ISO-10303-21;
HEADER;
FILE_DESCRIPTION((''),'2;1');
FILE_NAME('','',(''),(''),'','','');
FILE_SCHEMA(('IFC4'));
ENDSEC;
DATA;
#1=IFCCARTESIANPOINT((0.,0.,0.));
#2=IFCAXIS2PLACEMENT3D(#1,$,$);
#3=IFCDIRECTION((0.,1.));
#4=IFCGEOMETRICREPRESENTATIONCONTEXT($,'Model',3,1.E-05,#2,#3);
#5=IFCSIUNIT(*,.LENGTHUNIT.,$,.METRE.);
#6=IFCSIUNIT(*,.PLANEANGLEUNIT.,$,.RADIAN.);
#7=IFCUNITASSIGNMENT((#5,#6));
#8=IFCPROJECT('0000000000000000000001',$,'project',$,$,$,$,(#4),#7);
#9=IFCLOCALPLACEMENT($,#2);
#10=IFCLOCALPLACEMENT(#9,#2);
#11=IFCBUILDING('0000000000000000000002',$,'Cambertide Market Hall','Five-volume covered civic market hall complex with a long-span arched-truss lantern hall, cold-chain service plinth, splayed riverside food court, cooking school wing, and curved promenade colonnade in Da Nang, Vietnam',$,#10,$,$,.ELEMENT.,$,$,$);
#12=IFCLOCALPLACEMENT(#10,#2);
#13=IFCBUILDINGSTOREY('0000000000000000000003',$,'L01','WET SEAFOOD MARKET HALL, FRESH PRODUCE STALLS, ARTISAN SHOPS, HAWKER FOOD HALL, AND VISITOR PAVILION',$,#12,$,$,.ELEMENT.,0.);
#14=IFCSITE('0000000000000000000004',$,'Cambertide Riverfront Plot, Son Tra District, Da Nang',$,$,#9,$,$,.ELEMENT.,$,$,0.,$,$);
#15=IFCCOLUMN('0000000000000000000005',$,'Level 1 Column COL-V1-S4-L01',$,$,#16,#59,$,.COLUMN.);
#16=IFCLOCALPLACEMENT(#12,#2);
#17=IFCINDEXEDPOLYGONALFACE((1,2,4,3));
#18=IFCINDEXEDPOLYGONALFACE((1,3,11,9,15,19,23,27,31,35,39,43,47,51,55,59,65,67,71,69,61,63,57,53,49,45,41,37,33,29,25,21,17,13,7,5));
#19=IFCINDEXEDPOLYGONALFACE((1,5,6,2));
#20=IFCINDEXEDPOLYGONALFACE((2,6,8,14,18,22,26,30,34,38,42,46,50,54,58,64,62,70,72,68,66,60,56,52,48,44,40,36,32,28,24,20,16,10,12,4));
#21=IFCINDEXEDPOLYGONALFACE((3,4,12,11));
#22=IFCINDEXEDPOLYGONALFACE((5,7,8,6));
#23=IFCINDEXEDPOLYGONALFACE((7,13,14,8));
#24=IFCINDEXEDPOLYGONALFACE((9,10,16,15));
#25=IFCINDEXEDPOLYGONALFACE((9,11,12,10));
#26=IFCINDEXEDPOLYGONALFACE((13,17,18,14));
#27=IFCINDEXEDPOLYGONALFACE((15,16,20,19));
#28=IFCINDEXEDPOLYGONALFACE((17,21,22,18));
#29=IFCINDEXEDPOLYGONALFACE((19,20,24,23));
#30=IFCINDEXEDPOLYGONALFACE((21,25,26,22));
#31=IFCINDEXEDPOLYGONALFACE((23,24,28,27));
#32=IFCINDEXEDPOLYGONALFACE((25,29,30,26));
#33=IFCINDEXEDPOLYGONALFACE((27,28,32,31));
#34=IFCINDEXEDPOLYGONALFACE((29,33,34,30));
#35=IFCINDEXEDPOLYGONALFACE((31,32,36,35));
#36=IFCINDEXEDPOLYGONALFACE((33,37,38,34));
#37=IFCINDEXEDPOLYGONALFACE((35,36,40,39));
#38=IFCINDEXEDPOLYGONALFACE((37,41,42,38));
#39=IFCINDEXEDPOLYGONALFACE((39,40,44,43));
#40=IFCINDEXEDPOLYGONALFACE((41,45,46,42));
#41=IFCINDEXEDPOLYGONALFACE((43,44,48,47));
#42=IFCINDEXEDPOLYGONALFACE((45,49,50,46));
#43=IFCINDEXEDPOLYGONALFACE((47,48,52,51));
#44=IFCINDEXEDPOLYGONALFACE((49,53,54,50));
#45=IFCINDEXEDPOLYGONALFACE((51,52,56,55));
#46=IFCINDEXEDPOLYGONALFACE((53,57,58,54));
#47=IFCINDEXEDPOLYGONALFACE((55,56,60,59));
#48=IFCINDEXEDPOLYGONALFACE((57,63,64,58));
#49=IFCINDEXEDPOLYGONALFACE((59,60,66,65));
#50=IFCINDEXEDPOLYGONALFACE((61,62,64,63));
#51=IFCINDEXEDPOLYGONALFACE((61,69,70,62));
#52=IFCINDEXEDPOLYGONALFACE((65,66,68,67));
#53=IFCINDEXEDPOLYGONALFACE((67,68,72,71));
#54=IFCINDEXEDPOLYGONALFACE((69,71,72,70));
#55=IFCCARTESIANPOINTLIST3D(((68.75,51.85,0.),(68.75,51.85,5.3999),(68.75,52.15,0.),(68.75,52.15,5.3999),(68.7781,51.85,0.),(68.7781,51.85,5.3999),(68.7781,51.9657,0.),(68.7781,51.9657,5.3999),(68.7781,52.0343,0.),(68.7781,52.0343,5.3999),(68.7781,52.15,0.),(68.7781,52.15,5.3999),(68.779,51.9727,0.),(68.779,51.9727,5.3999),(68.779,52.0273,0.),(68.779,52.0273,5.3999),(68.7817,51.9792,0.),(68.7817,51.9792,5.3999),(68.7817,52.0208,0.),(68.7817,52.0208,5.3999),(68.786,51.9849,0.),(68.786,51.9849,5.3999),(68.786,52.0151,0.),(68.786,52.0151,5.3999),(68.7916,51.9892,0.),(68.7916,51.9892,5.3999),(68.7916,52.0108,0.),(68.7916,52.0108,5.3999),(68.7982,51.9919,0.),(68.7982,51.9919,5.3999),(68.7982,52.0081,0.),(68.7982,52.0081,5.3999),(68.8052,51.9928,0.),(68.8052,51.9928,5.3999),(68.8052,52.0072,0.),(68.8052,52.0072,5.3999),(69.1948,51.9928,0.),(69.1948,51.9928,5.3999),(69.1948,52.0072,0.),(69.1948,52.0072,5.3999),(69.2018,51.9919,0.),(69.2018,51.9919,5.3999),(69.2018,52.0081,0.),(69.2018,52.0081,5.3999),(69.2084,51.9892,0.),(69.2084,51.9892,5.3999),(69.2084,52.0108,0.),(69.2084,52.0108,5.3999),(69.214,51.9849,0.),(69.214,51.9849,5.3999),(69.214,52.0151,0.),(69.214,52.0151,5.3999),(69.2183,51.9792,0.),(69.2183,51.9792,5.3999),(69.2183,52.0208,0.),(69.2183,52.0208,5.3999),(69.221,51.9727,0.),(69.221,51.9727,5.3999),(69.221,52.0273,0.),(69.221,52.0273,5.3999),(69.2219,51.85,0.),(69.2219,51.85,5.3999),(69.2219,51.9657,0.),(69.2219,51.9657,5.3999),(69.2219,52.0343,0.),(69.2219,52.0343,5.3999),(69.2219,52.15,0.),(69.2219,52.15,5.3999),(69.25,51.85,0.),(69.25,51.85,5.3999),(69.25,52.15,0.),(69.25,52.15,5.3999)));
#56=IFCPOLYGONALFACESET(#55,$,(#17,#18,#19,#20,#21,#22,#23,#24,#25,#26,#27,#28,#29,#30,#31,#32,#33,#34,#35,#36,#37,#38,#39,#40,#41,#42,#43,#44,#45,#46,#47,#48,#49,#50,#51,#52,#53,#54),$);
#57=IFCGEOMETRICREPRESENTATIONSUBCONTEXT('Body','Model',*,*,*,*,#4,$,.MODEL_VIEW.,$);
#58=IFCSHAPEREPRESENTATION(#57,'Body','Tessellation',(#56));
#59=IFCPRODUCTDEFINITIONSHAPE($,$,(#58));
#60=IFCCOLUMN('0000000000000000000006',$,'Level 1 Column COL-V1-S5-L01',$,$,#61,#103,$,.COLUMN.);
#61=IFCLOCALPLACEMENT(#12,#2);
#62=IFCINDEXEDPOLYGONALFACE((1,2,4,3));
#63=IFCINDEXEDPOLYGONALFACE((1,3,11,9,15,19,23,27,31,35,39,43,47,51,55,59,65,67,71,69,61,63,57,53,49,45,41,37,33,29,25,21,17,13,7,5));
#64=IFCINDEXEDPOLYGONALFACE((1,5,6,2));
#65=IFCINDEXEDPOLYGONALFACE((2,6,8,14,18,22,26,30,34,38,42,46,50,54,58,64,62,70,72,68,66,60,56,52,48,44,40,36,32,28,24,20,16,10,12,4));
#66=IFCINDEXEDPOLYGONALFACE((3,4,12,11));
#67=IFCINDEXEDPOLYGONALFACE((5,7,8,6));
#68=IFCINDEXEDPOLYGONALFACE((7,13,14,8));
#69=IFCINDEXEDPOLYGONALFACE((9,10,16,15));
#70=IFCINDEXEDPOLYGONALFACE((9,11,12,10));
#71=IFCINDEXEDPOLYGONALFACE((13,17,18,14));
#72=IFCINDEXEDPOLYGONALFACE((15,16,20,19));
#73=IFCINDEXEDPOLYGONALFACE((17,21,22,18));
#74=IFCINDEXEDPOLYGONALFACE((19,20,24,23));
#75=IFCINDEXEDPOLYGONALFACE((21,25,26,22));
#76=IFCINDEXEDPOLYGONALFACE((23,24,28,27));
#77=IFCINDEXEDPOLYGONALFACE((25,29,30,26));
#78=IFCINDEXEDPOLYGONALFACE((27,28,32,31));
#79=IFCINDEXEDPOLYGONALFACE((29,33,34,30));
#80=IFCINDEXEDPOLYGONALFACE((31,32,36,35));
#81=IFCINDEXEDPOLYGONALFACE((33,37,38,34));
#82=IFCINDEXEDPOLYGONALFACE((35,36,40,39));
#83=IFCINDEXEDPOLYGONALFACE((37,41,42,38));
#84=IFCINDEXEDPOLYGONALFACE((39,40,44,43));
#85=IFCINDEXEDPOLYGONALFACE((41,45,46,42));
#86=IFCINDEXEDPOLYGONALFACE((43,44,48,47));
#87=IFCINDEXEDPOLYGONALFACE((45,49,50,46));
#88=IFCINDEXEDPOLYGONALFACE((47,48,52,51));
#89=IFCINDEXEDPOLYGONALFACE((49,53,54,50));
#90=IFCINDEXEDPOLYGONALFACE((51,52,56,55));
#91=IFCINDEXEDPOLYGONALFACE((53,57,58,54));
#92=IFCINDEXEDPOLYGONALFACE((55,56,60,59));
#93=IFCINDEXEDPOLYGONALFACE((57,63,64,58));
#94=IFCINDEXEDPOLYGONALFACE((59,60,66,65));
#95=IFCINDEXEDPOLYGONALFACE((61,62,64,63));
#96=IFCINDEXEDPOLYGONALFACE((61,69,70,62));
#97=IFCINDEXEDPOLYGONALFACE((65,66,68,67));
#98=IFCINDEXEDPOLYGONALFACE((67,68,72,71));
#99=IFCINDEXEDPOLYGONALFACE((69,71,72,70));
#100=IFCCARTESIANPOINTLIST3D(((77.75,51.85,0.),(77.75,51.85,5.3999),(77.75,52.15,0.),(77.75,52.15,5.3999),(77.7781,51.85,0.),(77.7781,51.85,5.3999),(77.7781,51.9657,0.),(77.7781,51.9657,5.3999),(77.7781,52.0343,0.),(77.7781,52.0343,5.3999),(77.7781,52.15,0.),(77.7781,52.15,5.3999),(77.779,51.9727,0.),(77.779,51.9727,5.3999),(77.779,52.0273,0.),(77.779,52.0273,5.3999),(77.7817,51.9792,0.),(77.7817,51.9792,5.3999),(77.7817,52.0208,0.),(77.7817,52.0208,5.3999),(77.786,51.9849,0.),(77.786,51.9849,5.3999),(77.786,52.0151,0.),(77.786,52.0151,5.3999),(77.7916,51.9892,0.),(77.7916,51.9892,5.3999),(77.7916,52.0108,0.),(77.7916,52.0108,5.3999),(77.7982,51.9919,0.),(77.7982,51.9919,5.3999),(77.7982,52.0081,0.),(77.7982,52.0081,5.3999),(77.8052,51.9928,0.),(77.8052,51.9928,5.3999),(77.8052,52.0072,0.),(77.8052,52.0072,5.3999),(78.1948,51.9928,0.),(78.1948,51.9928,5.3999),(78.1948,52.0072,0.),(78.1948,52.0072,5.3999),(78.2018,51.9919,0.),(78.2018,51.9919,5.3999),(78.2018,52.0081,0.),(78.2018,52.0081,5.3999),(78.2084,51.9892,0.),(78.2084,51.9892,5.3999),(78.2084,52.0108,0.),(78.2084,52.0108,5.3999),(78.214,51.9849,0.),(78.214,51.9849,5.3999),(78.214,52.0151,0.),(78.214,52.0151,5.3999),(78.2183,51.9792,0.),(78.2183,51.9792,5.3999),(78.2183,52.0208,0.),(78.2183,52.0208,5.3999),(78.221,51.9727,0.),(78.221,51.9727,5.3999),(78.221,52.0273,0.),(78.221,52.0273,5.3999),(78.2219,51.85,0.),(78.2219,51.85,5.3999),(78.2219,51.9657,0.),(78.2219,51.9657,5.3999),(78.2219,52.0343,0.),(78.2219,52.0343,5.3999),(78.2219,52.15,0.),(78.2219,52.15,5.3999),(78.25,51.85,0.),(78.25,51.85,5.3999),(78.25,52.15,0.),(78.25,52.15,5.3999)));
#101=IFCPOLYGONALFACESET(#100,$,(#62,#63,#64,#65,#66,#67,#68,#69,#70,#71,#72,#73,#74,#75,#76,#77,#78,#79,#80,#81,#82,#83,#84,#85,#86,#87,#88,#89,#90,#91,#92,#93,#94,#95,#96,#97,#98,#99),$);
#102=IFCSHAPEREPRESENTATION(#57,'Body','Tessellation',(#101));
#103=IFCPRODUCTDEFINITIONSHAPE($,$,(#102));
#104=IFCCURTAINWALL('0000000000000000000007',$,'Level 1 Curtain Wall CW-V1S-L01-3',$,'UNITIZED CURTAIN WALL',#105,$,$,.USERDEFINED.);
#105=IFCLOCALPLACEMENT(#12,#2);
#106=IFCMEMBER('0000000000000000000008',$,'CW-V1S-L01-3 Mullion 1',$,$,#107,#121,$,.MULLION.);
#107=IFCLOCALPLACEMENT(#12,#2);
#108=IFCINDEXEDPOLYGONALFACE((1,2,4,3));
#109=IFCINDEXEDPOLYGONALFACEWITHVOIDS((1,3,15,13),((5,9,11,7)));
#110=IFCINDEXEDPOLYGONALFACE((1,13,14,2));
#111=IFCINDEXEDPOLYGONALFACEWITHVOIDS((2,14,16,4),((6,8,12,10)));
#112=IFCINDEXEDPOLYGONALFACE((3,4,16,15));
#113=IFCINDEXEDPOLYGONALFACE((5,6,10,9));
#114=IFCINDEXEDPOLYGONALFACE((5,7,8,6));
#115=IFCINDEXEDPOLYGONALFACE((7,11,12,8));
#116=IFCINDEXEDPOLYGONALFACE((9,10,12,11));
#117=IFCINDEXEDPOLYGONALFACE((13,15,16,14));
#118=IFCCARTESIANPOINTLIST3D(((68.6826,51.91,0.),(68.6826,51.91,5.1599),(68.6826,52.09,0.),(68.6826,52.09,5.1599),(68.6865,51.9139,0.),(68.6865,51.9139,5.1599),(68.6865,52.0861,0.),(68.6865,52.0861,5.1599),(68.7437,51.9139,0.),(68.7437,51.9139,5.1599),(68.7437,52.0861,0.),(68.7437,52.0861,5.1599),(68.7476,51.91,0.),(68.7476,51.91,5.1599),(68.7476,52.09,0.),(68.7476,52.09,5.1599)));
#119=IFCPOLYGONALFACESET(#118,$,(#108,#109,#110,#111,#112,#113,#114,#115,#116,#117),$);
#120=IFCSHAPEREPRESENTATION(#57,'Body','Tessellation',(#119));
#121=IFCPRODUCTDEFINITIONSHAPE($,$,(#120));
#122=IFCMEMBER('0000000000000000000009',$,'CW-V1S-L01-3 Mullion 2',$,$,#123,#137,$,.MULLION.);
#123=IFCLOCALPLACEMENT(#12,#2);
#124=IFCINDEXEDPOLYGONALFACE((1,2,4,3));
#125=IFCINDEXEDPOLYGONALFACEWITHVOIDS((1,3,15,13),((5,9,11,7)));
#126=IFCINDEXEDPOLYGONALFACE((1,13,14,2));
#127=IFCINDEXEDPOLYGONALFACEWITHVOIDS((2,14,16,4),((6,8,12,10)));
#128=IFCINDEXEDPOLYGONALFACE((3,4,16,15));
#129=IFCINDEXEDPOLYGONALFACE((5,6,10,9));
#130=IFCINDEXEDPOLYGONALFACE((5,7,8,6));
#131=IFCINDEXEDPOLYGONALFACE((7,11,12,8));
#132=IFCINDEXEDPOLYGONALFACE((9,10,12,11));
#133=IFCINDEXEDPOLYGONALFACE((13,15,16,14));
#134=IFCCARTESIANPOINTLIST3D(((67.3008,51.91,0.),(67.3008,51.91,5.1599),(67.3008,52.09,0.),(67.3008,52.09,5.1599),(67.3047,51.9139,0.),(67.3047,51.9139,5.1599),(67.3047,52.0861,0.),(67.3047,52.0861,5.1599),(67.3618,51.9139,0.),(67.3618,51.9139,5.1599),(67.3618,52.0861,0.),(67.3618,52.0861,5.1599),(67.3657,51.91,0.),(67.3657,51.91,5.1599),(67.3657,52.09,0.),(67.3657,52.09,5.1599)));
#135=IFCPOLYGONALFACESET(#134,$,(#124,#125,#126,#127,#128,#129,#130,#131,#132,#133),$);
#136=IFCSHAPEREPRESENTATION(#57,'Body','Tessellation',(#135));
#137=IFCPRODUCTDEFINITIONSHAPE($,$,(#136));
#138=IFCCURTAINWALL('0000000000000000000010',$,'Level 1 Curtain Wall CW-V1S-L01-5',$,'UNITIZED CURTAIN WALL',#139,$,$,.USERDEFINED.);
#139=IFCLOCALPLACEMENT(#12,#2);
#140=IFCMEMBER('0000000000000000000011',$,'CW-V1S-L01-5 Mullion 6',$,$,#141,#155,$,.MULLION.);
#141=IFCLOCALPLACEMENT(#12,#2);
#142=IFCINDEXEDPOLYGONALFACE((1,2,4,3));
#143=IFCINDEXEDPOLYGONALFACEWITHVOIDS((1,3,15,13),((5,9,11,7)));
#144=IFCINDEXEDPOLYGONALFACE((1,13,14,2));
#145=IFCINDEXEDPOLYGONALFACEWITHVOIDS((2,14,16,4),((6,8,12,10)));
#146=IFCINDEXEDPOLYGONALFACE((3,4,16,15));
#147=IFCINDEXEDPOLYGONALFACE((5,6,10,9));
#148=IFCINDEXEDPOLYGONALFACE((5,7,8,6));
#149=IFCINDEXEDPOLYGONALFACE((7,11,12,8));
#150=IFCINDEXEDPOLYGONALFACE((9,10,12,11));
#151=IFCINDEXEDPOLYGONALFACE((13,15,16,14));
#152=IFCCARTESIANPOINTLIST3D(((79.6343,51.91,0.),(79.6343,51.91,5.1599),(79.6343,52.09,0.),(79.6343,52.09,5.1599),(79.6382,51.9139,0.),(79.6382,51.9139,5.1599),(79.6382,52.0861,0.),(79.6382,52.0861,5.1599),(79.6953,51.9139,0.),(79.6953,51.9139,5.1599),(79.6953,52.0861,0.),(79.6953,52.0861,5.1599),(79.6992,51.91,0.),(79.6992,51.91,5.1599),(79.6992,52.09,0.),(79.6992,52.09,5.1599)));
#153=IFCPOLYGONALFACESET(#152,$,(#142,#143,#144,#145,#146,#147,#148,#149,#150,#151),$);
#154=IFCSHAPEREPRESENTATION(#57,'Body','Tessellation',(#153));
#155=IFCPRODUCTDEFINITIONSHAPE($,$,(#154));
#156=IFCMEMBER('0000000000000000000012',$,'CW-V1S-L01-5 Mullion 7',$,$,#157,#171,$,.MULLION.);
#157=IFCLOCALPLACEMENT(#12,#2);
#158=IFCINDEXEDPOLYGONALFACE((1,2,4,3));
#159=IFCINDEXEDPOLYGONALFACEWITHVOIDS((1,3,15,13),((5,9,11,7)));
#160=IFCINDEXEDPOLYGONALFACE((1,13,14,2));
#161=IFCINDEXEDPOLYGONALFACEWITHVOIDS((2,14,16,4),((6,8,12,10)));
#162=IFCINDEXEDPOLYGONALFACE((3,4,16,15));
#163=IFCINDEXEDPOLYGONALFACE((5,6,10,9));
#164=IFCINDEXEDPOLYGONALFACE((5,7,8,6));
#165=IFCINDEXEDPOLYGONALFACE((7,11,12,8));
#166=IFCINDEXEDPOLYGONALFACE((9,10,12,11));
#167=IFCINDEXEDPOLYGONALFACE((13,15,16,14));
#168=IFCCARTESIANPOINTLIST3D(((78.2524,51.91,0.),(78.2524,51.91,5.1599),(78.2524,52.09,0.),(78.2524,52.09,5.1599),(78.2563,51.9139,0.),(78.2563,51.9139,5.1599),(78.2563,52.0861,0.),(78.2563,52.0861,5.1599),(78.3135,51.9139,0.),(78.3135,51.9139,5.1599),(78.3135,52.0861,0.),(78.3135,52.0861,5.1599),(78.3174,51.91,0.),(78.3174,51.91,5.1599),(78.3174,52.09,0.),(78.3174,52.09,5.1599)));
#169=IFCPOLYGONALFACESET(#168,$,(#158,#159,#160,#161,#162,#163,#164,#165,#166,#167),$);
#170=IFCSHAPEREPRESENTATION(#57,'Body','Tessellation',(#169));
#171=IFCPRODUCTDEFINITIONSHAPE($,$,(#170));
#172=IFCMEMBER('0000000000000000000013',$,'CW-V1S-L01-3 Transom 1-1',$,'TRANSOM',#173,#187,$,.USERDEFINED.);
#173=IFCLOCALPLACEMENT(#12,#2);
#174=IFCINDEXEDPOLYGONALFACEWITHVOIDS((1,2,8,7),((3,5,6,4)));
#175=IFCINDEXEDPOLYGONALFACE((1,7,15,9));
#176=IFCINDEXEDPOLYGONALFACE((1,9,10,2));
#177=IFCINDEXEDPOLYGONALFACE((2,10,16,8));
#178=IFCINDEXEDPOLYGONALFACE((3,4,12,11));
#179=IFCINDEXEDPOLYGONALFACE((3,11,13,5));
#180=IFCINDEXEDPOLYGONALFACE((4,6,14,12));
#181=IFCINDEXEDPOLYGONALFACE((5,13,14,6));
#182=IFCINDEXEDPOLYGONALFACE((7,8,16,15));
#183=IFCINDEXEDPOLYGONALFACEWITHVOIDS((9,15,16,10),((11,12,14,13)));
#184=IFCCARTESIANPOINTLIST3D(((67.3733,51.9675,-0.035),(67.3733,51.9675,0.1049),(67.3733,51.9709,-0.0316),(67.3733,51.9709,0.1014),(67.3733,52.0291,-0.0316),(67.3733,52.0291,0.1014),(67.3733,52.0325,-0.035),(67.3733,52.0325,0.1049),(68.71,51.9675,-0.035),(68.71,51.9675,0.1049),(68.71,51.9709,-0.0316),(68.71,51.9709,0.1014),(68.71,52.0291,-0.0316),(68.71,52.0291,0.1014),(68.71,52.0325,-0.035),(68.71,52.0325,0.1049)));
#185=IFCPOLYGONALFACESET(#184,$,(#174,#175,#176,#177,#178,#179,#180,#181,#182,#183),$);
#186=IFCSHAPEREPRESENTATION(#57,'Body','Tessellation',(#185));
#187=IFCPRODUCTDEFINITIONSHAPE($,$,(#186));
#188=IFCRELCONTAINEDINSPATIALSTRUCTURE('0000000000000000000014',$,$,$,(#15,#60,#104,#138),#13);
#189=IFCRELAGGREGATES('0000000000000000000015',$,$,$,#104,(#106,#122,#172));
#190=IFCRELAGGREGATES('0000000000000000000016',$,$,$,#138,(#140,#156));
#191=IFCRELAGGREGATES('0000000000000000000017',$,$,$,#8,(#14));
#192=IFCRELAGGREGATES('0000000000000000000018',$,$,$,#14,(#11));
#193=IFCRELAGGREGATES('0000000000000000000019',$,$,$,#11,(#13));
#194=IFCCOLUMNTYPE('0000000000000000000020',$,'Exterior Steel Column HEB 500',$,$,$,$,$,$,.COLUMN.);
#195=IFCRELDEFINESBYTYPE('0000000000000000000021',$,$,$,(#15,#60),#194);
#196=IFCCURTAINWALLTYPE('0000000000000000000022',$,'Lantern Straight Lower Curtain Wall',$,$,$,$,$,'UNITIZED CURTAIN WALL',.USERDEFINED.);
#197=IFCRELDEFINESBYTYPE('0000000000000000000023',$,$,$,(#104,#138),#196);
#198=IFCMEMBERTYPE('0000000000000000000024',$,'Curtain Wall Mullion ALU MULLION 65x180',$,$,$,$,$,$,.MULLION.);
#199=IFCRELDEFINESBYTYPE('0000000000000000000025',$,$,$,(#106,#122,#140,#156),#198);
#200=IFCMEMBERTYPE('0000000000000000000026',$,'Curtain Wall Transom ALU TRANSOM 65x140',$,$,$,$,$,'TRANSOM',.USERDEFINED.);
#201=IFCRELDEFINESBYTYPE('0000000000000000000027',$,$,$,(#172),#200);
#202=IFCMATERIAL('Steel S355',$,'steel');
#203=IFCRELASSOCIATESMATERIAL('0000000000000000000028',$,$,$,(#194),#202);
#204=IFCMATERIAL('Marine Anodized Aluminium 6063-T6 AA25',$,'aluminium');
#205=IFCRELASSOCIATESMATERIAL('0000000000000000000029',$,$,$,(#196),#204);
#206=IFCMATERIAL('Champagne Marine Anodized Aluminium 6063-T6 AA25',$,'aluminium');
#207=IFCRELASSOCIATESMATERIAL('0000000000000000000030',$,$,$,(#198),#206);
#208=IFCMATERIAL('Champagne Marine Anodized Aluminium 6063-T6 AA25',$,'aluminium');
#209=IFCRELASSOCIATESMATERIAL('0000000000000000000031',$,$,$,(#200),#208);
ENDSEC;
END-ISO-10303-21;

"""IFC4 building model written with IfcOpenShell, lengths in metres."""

from ifc_helpers import new_model, si_unit, direction, frame, origin, origin_2d, place, context, subcontext, project, spatial, hollow_rectangle, i_section, extrude, material, material_profile, profile_set, type_object, element, aggregate, save


model = new_model("IFC4")

# Units and contexts
model_context = context("Model", 3, precision=1e-05, world=origin(), true_north=direction((0.0, 1.0)))
body_context = subcontext(model_context, "Body", "Model", "MODEL_VIEW")
ifc_project = project(units=[si_unit("LENGTHUNIT", "METRE"), si_unit("PLANEANGLEUNIT", "RADIAN")], contexts=[model_context])

# Site, building, storey
site_placement = place(None, origin())
site = spatial("IfcSite", under=ifc_project, at=site_placement, Name="Cambertide Riverfront Plot, Son Tra District, Da Nang", CompositionType="ELEMENT", RefElevation=0.0)
building_placement = place(site_placement, origin())
building = spatial("IfcBuilding", under=site, at=building_placement, Name="Cambertide Market Hall", Description="Five-volume covered civic market hall complex with a long-span arched-truss lantern hall, cold-chain service plinth, splayed riverside food court, cooking school wing, and curved promenade colonnade in Da Nang, Vietnam", CompositionType="ELEMENT")
storey_placement = place(building_placement, origin())
storey = spatial("IfcBuildingStorey", under=building, at=storey_placement, Name="L01", Description="WET SEAFOOD MARKET HALL, FRESH PRODUCE STALLS, ARTISAN SHOPS, HAWKER FOOD HALL, AND VISITOR PAVILION", CompositionType="ELEMENT", Elevation=0.0)

# Columns
ifc_material_1 = material(Name="Steel S355", Category="steel")
ifc_material_profile_1 = material_profile(ifc_material_1, i_section(OverallWidth=0.3, OverallDepth=0.5, WebThickness=0.0144, FlangeThickness=0.0281, FilletRadius=0.0271, at=origin_2d()), Name="HEB 500")
ifc_profile_set_1 = profile_set([ifc_material_profile_1], Name="Steel S355")
column_type = type_object("IfcColumnType", Name="Exterior Steel Column HEB 500", PredefinedType="COLUMN", material=ifc_profile_set_1)
for number, where, z_axis, x_axis, name in (
    (1, (69.0, 52.0, 0.0), (0.0, 0.0, 1.0), (0.0, 1.0, 0.0), "Level 1 Column COL-V1-S4-L01"),
    (2, (78.0, 52.0, 0.0), (0.0, 0.0, 1.0), (0.0, 1.0, 0.0), "Level 1 Column COL-V1-S5-L01"),
):
    element("IfcColumn", number, at=place(storey_placement, frame(where, z_axis=z_axis, x_axis=x_axis)), inside=storey, type_object=column_type, Name=name, PredefinedType="COLUMN", context=body_context, shape_type="SweptSolid", body=[
        extrude(i_section(OverallWidth=0.3, OverallDepth=0.5, WebThickness=0.0144, FlangeThickness=0.0281, FilletRadius=0.0271, at=origin_2d()), origin(), (0.0, 0.0, 1.0), 5.3999),
    ])

# Curtain walls, members
ifc_material_2 = material(Name="Marine Anodized Aluminium 6063-T6 AA25", Category="aluminium")
curtain_wall_type = type_object("IfcCurtainWallType", Name="Lantern Straight Lower Curtain Wall", ElementType="UNITIZED CURTAIN WALL", PredefinedType="USERDEFINED", material=ifc_material_2)
curtain_wall_1_placement = place(storey_placement, origin())
curtain_wall_1 = element("IfcCurtainWall", 3, at=curtain_wall_1_placement, inside=storey, type_object=curtain_wall_type, Name="Level 1 Curtain Wall CW-V1S-L01-3", ObjectType="UNITIZED CURTAIN WALL", PredefinedType="USERDEFINED")
ifc_material_3 = material(Name="Champagne Marine Anodized Aluminium 6063-T6 AA25", Category="aluminium")
ifc_material_profile_2 = material_profile(ifc_material_3, hollow_rectangle(XDim=0.0649, YDim=0.1799, WallThickness=0.0039, at=origin_2d()), Name="ALU MULLION 65x180")
ifc_profile_set_2 = profile_set([ifc_material_profile_2], Name="Champagne Marine Anodized Aluminium 6063-T6 AA25")
member_type_1 = type_object("IfcMemberType", Name="Curtain Wall Mullion ALU MULLION 65x180", PredefinedType="MULLION", material=ifc_profile_set_2)
member_1_placement = place(storey_placement, frame((68.7151, 52.0, 0.0), z_axis=(0.0, 0.0, 1.0), x_axis=(-1.0, 0.0, 0.0)))
member_1 = element("IfcMember", 4, at=member_1_placement, type_object=member_type_1, Name="CW-V1S-L01-3 Mullion 1", PredefinedType="MULLION", context=body_context, shape_type="SweptSolid", body=[
    extrude(hollow_rectangle(XDim=0.0649, YDim=0.1799, WallThickness=0.0039, at=origin_2d()), origin(), (0.0, 0.0, 1.0), 5.1599),
])
member_2_placement = place(storey_placement, frame((67.3333, 52.0, 0.0), z_axis=(0.0, 0.0, 1.0), x_axis=(-1.0, 0.0, 0.0)))
member_2 = element("IfcMember", 5, at=member_2_placement, type_object=member_type_1, Name="CW-V1S-L01-3 Mullion 2", PredefinedType="MULLION", context=body_context, shape_type="SweptSolid", body=[
    extrude(hollow_rectangle(XDim=0.0649, YDim=0.1799, WallThickness=0.0039, at=origin_2d()), origin(), (0.0, 0.0, 1.0), 5.1599),
])
curtain_wall_2_placement = place(storey_placement, origin())
curtain_wall_2 = element("IfcCurtainWall", 6, at=curtain_wall_2_placement, inside=storey, type_object=curtain_wall_type, Name="Level 1 Curtain Wall CW-V1S-L01-5", ObjectType="UNITIZED CURTAIN WALL", PredefinedType="USERDEFINED")
member_3_placement = place(storey_placement, frame((79.6667, 52.0, 0.0), z_axis=(0.0, 0.0, 1.0), x_axis=(-1.0, 0.0, 0.0)))
member_3 = element("IfcMember", 7, at=member_3_placement, type_object=member_type_1, Name="CW-V1S-L01-5 Mullion 6", PredefinedType="MULLION", context=body_context, shape_type="SweptSolid", body=[
    extrude(hollow_rectangle(XDim=0.0649, YDim=0.1799, WallThickness=0.0039, at=origin_2d()), origin(), (0.0, 0.0, 1.0), 5.1599),
])
member_4_placement = place(storey_placement, frame((78.2849, 52.0, 0.0), z_axis=(0.0, 0.0, 1.0), x_axis=(-1.0, 0.0, 0.0)))
member_4 = element("IfcMember", 8, at=member_4_placement, type_object=member_type_1, Name="CW-V1S-L01-5 Mullion 7", PredefinedType="MULLION", context=body_context, shape_type="SweptSolid", body=[
    extrude(hollow_rectangle(XDim=0.0649, YDim=0.1799, WallThickness=0.0039, at=origin_2d()), origin(), (0.0, 0.0, 1.0), 5.1599),
])

# Member
ifc_material_4 = material(Name="Champagne Marine Anodized Aluminium 6063-T6 AA25", Category="aluminium")
ifc_material_profile_3 = material_profile(ifc_material_4, hollow_rectangle(XDim=0.0649, YDim=0.1399, WallThickness=0.0034, at=origin_2d()), Name="ALU TRANSOM 65x140")
ifc_profile_set_3 = profile_set([ifc_material_profile_3], Name="Champagne Marine Anodized Aluminium 6063-T6 AA25")
member_type_2 = type_object("IfcMemberType", Name="Curtain Wall Transom ALU TRANSOM 65x140", ElementType="TRANSOM", PredefinedType="USERDEFINED", material=ifc_profile_set_3)
member_5_placement = place(storey_placement, frame((68.71, 52.0, 0.0349), z_axis=(-1.0, 0.0, 0.0), x_axis=(0.0, -1.0, 0.0)))
member_5 = element("IfcMember", 9, at=member_5_placement, type_object=member_type_2, Name="CW-V1S-L01-3 Transom 1-1", ObjectType="TRANSOM", PredefinedType="USERDEFINED", context=body_context, shape_type="SweptSolid", body=[
    extrude(hollow_rectangle(XDim=0.0649, YDim=0.1399, WallThickness=0.0034, at=origin_2d()), origin(), (0.0, 0.0, 1.0), 1.3367),
])

aggregate(curtain_wall_1, [member_1, member_2, member_5])
aggregate(curtain_wall_2, [member_3, member_4])

save(model, "model.ifc")
